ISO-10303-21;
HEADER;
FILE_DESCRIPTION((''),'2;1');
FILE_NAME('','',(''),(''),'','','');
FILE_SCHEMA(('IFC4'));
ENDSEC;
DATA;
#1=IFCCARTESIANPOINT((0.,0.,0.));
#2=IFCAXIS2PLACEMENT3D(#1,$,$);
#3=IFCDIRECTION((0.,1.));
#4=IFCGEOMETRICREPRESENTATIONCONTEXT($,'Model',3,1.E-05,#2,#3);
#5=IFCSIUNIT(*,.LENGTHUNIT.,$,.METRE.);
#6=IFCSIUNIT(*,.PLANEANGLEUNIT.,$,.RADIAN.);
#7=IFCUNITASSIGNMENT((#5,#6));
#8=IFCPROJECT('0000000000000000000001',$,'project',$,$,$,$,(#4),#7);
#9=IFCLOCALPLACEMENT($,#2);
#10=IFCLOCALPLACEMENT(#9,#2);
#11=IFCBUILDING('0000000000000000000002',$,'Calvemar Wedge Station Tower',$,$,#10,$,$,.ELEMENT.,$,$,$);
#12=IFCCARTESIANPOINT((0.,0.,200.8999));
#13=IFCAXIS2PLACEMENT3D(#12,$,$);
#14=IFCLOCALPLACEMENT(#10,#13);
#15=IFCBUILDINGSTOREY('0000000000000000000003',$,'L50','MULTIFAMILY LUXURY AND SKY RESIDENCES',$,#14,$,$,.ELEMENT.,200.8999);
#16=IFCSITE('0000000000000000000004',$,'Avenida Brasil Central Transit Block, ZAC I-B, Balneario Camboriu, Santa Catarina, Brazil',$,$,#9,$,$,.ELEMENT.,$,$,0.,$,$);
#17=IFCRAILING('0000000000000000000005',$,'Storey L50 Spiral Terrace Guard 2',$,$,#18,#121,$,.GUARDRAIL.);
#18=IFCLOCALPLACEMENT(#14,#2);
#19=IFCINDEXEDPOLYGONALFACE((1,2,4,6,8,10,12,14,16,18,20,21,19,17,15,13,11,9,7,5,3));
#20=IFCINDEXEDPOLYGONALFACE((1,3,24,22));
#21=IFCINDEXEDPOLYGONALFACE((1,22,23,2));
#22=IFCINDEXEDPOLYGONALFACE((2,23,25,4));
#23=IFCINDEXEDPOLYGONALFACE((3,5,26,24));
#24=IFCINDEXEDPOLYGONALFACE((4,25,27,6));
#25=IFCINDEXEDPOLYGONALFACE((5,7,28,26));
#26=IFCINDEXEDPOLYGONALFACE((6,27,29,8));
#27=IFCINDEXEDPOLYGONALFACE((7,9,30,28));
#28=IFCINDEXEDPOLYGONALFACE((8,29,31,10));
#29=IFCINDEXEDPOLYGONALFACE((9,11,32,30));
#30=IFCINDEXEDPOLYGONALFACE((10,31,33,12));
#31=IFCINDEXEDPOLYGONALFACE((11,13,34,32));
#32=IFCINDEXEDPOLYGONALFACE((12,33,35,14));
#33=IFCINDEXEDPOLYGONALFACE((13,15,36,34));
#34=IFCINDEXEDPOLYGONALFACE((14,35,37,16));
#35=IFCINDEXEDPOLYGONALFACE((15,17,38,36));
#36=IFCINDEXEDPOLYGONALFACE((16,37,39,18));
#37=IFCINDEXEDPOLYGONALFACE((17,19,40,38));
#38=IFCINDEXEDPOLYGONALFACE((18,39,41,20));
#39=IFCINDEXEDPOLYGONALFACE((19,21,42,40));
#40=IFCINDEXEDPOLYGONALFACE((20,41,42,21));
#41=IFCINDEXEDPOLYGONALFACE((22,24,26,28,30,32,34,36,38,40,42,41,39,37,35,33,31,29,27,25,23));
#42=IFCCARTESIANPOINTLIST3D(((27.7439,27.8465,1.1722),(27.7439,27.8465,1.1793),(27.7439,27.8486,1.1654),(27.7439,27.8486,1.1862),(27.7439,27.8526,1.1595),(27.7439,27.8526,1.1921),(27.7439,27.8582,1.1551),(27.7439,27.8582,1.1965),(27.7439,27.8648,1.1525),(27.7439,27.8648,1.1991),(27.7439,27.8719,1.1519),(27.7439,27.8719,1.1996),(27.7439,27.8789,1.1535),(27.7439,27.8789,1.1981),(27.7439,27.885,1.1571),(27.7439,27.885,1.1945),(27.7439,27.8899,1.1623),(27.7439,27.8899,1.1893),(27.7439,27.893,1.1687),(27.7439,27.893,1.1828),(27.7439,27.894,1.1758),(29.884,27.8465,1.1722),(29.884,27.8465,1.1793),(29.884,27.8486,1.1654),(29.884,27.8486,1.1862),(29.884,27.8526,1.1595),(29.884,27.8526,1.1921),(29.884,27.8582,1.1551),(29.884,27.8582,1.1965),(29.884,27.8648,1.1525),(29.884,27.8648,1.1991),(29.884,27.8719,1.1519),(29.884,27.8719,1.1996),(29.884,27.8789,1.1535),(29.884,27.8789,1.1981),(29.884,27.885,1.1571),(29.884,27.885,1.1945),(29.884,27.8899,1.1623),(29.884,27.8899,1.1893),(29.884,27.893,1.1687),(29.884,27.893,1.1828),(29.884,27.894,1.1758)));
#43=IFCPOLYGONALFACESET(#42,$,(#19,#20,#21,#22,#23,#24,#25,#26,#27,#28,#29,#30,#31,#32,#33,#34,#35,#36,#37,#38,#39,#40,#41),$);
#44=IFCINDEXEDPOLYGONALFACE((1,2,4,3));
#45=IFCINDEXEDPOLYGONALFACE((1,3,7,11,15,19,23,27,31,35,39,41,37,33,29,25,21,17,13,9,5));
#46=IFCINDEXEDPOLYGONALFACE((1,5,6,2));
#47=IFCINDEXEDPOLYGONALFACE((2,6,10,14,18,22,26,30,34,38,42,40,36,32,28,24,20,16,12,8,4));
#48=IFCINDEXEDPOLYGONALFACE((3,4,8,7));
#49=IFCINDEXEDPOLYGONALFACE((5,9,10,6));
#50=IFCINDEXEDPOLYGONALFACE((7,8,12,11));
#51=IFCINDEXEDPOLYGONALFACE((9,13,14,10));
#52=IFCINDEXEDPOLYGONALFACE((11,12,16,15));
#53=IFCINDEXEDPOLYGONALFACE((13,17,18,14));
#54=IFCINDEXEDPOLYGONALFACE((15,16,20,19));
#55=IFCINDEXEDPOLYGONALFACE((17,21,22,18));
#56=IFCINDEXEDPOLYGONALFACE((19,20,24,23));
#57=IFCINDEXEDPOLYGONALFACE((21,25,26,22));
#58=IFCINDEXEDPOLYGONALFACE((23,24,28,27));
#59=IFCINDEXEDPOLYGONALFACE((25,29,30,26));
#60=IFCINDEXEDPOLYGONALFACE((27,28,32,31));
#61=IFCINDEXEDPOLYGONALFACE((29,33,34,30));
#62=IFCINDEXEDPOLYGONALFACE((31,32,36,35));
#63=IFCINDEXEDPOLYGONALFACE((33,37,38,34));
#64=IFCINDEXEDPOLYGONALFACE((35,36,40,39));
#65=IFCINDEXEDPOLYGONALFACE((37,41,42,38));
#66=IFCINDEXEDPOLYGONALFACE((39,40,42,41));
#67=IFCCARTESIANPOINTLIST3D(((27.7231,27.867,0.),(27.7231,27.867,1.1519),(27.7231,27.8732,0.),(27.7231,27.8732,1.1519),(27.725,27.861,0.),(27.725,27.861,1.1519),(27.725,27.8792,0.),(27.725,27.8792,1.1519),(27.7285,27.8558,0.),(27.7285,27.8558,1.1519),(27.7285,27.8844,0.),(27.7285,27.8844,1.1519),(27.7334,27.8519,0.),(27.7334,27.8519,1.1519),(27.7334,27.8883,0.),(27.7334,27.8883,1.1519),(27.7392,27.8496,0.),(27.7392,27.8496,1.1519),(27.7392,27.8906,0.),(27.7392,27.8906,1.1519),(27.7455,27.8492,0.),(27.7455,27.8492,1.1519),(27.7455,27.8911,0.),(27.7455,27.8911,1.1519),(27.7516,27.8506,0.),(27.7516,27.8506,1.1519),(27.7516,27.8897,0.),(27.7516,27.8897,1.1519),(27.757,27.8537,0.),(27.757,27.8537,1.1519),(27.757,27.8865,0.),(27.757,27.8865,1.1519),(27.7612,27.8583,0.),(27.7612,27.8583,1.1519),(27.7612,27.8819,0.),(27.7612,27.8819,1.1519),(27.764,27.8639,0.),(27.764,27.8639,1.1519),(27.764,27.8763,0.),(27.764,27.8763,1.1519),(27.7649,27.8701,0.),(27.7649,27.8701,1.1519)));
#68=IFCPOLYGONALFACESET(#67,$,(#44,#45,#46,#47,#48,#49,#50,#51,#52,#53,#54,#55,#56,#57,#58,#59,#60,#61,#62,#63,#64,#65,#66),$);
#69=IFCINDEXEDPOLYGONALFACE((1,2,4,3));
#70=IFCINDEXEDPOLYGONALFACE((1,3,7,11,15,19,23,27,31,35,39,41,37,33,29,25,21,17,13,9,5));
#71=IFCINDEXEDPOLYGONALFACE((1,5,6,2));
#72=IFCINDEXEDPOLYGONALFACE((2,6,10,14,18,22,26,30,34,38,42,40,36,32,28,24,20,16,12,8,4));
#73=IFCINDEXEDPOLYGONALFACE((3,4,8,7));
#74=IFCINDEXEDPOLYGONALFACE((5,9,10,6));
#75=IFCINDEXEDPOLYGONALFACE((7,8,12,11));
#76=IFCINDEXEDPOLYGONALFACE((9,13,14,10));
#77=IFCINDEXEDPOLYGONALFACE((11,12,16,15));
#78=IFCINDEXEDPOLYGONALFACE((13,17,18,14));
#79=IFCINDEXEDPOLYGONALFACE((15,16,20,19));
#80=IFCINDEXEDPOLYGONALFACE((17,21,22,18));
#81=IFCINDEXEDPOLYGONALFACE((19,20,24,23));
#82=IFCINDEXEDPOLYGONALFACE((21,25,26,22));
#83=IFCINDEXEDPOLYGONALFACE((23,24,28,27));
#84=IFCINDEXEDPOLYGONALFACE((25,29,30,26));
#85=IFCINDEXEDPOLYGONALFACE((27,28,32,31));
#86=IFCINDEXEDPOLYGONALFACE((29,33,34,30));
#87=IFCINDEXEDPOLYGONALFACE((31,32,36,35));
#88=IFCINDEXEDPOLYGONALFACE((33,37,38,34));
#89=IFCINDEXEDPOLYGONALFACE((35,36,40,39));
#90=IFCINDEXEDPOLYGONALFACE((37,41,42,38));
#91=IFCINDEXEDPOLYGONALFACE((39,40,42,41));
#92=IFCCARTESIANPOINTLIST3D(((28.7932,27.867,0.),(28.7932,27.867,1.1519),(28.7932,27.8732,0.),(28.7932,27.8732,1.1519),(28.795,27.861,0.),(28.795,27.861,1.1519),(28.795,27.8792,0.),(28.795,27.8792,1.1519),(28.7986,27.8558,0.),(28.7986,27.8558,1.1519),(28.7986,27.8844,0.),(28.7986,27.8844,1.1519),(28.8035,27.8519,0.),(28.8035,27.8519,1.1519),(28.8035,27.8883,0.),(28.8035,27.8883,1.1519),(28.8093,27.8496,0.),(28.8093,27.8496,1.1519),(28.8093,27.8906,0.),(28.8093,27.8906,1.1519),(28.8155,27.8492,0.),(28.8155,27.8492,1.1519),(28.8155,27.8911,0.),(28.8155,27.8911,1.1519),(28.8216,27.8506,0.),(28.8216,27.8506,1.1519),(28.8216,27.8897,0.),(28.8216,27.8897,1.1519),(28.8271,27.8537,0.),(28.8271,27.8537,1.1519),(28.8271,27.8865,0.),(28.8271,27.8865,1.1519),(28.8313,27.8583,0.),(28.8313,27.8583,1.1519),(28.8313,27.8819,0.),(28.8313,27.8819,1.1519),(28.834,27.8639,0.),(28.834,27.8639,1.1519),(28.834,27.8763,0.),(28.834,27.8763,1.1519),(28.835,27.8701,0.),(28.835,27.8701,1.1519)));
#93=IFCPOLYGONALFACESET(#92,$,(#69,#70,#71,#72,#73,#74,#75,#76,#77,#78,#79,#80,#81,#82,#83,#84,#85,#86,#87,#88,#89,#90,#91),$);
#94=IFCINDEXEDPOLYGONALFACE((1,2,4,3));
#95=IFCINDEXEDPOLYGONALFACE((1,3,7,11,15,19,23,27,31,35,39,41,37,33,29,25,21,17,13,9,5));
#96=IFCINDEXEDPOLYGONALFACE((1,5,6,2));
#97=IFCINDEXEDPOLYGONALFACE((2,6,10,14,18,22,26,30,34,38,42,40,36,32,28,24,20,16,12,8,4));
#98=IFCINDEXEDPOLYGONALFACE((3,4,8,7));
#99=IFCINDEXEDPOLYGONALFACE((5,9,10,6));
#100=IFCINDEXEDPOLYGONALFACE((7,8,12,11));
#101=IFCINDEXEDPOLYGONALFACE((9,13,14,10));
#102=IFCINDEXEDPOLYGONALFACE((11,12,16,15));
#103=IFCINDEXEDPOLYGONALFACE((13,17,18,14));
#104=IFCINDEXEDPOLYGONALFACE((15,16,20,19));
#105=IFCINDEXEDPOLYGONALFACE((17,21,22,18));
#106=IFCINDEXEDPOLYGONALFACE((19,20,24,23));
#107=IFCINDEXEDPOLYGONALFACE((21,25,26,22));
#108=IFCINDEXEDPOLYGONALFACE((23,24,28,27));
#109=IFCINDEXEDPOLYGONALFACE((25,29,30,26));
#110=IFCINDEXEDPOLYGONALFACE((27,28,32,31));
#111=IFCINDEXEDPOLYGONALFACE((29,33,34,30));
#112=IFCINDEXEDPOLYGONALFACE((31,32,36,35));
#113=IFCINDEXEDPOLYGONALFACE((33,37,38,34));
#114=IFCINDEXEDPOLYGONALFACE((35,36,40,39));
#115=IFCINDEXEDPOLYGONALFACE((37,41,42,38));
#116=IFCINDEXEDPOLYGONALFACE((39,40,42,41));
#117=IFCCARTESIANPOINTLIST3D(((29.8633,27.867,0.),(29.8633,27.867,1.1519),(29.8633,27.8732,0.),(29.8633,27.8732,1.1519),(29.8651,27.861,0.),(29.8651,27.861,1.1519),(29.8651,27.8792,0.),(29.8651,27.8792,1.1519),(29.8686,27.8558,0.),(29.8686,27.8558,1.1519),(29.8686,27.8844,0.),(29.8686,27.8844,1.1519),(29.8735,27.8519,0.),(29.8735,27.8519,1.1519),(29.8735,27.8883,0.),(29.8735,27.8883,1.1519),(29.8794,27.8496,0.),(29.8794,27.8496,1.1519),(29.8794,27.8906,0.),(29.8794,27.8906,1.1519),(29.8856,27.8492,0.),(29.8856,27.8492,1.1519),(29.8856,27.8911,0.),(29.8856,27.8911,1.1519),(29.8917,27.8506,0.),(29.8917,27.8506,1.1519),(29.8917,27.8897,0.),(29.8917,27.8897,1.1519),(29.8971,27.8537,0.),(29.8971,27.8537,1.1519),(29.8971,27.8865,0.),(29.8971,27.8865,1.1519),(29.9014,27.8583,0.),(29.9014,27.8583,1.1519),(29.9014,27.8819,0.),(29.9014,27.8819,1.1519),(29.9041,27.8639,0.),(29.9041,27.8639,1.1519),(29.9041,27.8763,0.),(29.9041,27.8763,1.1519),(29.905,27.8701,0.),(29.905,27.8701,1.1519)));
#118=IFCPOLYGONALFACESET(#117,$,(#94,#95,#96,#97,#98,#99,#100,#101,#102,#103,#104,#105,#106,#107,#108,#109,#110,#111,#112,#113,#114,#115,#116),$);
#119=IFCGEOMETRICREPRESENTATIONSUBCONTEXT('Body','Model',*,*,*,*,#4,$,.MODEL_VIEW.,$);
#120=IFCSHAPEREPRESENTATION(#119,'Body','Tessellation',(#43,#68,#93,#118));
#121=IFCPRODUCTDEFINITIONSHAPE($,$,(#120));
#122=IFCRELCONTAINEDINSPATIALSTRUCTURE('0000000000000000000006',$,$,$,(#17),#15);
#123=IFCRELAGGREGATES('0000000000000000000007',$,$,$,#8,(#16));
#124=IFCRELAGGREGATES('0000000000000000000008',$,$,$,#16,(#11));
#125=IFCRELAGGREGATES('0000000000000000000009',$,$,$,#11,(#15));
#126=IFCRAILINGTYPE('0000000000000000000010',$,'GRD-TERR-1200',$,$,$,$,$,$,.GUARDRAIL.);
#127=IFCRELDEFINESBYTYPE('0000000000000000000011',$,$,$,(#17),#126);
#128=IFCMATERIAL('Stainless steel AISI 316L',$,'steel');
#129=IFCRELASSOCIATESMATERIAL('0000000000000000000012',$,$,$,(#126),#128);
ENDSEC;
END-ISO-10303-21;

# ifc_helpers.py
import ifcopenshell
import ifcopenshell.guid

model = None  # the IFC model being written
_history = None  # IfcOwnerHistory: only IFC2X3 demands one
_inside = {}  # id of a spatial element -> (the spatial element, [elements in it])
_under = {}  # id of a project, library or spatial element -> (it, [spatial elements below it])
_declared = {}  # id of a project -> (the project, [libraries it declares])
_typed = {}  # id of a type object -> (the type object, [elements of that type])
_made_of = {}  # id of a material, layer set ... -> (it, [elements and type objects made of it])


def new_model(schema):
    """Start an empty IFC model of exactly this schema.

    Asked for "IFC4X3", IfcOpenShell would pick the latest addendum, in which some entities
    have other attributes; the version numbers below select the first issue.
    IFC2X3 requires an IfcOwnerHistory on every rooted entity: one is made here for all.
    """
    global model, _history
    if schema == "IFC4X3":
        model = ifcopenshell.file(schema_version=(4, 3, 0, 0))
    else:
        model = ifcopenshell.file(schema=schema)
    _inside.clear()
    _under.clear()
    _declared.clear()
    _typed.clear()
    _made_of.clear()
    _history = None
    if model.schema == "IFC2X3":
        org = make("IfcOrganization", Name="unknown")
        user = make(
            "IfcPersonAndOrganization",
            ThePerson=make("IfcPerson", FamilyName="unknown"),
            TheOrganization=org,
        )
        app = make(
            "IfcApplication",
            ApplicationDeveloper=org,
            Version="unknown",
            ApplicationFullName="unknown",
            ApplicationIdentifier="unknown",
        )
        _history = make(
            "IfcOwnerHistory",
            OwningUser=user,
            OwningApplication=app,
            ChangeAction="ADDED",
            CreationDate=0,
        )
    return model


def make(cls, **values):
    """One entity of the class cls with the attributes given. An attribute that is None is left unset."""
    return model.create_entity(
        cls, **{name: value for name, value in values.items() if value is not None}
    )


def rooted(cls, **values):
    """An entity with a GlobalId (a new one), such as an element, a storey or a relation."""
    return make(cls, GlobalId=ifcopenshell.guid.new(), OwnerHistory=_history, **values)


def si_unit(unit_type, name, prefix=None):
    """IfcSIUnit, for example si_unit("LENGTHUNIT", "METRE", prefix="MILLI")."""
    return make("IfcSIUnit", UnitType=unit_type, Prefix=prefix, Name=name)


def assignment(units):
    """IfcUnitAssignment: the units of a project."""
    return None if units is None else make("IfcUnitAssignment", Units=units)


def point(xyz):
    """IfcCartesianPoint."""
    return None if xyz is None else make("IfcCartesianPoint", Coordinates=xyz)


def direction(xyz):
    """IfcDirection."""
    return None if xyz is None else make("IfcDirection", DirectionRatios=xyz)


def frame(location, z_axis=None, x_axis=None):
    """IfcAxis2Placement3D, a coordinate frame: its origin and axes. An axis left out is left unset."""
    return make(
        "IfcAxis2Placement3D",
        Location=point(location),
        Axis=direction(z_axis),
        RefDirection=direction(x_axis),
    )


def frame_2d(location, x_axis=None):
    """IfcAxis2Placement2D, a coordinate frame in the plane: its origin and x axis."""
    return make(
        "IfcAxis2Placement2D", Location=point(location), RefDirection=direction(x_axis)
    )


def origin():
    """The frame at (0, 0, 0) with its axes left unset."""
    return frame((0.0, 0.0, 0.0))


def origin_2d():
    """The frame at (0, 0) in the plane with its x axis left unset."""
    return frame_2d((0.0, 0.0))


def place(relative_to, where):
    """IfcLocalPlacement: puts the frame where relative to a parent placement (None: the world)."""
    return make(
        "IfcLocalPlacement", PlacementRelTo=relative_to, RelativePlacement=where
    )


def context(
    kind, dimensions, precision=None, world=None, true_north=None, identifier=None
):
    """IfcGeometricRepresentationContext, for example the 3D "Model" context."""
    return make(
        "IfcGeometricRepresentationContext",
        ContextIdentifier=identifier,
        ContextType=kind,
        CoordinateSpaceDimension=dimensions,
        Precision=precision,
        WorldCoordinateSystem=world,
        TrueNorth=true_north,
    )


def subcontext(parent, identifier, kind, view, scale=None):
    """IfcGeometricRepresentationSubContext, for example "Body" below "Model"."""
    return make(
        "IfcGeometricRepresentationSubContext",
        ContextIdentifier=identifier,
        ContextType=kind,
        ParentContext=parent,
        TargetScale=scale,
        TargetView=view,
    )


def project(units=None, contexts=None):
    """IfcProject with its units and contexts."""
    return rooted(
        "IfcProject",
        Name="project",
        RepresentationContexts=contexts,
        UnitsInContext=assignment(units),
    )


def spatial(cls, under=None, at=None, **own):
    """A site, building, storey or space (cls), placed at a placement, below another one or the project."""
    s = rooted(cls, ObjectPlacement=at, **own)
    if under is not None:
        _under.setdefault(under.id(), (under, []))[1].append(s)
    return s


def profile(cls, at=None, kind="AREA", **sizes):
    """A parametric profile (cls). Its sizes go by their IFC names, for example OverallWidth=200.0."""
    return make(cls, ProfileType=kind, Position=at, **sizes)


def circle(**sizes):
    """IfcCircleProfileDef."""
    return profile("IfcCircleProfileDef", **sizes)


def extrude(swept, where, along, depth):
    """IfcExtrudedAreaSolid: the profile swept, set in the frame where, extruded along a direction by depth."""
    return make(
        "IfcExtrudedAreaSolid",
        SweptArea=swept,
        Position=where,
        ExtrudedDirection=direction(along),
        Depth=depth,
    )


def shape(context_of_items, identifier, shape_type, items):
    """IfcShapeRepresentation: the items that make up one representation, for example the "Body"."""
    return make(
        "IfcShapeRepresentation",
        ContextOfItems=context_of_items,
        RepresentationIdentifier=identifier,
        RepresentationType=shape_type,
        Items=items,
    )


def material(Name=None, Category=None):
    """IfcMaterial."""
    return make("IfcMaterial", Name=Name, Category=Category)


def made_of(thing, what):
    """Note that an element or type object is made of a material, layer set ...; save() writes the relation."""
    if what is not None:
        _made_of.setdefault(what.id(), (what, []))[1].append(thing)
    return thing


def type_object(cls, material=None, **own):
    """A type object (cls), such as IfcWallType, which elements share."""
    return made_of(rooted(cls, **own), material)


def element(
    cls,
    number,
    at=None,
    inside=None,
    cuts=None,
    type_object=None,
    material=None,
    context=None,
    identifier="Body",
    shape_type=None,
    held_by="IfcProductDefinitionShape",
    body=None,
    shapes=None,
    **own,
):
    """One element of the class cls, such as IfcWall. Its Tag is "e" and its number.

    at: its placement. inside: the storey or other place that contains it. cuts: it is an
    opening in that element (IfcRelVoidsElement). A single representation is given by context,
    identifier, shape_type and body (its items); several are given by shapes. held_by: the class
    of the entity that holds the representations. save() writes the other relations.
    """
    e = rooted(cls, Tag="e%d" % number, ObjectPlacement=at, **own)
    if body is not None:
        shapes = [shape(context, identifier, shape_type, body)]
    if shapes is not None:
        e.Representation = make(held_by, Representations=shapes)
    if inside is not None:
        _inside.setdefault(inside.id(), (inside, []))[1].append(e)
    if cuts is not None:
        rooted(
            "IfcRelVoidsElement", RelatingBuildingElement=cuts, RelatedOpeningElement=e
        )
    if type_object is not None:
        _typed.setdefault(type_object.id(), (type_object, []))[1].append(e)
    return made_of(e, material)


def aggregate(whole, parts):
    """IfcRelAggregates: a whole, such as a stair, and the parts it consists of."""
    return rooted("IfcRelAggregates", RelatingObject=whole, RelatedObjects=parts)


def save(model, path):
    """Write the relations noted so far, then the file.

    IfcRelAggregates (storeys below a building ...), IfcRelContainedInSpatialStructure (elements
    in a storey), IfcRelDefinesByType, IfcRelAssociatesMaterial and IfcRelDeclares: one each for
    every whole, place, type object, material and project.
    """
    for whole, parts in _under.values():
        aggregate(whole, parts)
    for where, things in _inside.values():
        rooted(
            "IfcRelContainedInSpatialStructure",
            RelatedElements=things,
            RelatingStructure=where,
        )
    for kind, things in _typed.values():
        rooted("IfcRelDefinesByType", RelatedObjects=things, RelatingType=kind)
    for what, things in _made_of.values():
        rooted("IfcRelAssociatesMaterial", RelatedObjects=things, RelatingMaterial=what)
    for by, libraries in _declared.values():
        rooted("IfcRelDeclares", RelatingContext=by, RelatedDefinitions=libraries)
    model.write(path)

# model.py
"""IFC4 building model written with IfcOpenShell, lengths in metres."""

from ifc_helpers import new_model, si_unit, direction, frame, origin, origin_2d, place, context, subcontext, project, spatial, circle, extrude, material, type_object, element, save


model = new_model("IFC4")

# Units and contexts
model_context = context("Model", 3, precision=1e-05, world=origin(), true_north=direction((0.0, 1.0)))
body_context = subcontext(model_context, "Body", "Model", "MODEL_VIEW")
ifc_project = project(units=[si_unit("LENGTHUNIT", "METRE"), si_unit("PLANEANGLEUNIT", "RADIAN")], contexts=[model_context])

# Site, building, storey
site_placement = place(None, origin())
site = spatial("IfcSite", under=ifc_project, at=site_placement, Name="Avenida Brasil Central Transit Block, ZAC I-B, Balneario Camboriu, Santa Catarina, Brazil", CompositionType="ELEMENT", RefElevation=0.0)
building_placement = place(site_placement, origin())
building = spatial("IfcBuilding", under=site, at=building_placement, Name="Calvemar Wedge Station Tower", CompositionType="ELEMENT")
storey_placement = place(building_placement, frame((0.0, 0.0, 200.8999)))
storey = spatial("IfcBuildingStorey", under=building, at=storey_placement, Name="L50", Description="MULTIFAMILY LUXURY AND SKY RESIDENCES", CompositionType="ELEMENT", Elevation=200.8999)

# Railing
ifc_material_1 = material(Name="Stainless steel AISI 316L", Category="steel")
railing_type = type_object("IfcRailingType", Name="GRD-TERR-1200", PredefinedType="GUARDRAIL", material=ifc_material_1)
railing_1_placement = place(storey_placement, frame((27.7439, 27.8701, 0.0)))
element("IfcRailing", 1, at=railing_1_placement, inside=storey, type_object=railing_type, Name="Storey L50 Spiral Terrace Guard 2", PredefinedType="GUARDRAIL", context=body_context, shape_type="SweptSolid", body=[
    extrude(circle(Radius=0.0239, at=origin_2d()), frame((0.0, 0.0, 1.1758), z_axis=(1.0, 0.0, 0.0), x_axis=(0.0, 1.0, 0.0)), (0.0, 0.0, 1.0), 2.1401),
    extrude(circle(Radius=0.021, at=origin_2d()), origin(), (0.0, 0.0, 1.0), 1.1519),
    extrude(circle(Radius=0.021, at=origin_2d()), frame((1.0701, 0.0, 0.0)), (0.0, 0.0, 1.0), 1.1519),
    extrude(circle(Radius=0.021, at=origin_2d()), frame((2.1401, 0.0, 0.0)), (0.0, 0.0, 1.0), 1.1519),
])

save(model, "model.ifc")
